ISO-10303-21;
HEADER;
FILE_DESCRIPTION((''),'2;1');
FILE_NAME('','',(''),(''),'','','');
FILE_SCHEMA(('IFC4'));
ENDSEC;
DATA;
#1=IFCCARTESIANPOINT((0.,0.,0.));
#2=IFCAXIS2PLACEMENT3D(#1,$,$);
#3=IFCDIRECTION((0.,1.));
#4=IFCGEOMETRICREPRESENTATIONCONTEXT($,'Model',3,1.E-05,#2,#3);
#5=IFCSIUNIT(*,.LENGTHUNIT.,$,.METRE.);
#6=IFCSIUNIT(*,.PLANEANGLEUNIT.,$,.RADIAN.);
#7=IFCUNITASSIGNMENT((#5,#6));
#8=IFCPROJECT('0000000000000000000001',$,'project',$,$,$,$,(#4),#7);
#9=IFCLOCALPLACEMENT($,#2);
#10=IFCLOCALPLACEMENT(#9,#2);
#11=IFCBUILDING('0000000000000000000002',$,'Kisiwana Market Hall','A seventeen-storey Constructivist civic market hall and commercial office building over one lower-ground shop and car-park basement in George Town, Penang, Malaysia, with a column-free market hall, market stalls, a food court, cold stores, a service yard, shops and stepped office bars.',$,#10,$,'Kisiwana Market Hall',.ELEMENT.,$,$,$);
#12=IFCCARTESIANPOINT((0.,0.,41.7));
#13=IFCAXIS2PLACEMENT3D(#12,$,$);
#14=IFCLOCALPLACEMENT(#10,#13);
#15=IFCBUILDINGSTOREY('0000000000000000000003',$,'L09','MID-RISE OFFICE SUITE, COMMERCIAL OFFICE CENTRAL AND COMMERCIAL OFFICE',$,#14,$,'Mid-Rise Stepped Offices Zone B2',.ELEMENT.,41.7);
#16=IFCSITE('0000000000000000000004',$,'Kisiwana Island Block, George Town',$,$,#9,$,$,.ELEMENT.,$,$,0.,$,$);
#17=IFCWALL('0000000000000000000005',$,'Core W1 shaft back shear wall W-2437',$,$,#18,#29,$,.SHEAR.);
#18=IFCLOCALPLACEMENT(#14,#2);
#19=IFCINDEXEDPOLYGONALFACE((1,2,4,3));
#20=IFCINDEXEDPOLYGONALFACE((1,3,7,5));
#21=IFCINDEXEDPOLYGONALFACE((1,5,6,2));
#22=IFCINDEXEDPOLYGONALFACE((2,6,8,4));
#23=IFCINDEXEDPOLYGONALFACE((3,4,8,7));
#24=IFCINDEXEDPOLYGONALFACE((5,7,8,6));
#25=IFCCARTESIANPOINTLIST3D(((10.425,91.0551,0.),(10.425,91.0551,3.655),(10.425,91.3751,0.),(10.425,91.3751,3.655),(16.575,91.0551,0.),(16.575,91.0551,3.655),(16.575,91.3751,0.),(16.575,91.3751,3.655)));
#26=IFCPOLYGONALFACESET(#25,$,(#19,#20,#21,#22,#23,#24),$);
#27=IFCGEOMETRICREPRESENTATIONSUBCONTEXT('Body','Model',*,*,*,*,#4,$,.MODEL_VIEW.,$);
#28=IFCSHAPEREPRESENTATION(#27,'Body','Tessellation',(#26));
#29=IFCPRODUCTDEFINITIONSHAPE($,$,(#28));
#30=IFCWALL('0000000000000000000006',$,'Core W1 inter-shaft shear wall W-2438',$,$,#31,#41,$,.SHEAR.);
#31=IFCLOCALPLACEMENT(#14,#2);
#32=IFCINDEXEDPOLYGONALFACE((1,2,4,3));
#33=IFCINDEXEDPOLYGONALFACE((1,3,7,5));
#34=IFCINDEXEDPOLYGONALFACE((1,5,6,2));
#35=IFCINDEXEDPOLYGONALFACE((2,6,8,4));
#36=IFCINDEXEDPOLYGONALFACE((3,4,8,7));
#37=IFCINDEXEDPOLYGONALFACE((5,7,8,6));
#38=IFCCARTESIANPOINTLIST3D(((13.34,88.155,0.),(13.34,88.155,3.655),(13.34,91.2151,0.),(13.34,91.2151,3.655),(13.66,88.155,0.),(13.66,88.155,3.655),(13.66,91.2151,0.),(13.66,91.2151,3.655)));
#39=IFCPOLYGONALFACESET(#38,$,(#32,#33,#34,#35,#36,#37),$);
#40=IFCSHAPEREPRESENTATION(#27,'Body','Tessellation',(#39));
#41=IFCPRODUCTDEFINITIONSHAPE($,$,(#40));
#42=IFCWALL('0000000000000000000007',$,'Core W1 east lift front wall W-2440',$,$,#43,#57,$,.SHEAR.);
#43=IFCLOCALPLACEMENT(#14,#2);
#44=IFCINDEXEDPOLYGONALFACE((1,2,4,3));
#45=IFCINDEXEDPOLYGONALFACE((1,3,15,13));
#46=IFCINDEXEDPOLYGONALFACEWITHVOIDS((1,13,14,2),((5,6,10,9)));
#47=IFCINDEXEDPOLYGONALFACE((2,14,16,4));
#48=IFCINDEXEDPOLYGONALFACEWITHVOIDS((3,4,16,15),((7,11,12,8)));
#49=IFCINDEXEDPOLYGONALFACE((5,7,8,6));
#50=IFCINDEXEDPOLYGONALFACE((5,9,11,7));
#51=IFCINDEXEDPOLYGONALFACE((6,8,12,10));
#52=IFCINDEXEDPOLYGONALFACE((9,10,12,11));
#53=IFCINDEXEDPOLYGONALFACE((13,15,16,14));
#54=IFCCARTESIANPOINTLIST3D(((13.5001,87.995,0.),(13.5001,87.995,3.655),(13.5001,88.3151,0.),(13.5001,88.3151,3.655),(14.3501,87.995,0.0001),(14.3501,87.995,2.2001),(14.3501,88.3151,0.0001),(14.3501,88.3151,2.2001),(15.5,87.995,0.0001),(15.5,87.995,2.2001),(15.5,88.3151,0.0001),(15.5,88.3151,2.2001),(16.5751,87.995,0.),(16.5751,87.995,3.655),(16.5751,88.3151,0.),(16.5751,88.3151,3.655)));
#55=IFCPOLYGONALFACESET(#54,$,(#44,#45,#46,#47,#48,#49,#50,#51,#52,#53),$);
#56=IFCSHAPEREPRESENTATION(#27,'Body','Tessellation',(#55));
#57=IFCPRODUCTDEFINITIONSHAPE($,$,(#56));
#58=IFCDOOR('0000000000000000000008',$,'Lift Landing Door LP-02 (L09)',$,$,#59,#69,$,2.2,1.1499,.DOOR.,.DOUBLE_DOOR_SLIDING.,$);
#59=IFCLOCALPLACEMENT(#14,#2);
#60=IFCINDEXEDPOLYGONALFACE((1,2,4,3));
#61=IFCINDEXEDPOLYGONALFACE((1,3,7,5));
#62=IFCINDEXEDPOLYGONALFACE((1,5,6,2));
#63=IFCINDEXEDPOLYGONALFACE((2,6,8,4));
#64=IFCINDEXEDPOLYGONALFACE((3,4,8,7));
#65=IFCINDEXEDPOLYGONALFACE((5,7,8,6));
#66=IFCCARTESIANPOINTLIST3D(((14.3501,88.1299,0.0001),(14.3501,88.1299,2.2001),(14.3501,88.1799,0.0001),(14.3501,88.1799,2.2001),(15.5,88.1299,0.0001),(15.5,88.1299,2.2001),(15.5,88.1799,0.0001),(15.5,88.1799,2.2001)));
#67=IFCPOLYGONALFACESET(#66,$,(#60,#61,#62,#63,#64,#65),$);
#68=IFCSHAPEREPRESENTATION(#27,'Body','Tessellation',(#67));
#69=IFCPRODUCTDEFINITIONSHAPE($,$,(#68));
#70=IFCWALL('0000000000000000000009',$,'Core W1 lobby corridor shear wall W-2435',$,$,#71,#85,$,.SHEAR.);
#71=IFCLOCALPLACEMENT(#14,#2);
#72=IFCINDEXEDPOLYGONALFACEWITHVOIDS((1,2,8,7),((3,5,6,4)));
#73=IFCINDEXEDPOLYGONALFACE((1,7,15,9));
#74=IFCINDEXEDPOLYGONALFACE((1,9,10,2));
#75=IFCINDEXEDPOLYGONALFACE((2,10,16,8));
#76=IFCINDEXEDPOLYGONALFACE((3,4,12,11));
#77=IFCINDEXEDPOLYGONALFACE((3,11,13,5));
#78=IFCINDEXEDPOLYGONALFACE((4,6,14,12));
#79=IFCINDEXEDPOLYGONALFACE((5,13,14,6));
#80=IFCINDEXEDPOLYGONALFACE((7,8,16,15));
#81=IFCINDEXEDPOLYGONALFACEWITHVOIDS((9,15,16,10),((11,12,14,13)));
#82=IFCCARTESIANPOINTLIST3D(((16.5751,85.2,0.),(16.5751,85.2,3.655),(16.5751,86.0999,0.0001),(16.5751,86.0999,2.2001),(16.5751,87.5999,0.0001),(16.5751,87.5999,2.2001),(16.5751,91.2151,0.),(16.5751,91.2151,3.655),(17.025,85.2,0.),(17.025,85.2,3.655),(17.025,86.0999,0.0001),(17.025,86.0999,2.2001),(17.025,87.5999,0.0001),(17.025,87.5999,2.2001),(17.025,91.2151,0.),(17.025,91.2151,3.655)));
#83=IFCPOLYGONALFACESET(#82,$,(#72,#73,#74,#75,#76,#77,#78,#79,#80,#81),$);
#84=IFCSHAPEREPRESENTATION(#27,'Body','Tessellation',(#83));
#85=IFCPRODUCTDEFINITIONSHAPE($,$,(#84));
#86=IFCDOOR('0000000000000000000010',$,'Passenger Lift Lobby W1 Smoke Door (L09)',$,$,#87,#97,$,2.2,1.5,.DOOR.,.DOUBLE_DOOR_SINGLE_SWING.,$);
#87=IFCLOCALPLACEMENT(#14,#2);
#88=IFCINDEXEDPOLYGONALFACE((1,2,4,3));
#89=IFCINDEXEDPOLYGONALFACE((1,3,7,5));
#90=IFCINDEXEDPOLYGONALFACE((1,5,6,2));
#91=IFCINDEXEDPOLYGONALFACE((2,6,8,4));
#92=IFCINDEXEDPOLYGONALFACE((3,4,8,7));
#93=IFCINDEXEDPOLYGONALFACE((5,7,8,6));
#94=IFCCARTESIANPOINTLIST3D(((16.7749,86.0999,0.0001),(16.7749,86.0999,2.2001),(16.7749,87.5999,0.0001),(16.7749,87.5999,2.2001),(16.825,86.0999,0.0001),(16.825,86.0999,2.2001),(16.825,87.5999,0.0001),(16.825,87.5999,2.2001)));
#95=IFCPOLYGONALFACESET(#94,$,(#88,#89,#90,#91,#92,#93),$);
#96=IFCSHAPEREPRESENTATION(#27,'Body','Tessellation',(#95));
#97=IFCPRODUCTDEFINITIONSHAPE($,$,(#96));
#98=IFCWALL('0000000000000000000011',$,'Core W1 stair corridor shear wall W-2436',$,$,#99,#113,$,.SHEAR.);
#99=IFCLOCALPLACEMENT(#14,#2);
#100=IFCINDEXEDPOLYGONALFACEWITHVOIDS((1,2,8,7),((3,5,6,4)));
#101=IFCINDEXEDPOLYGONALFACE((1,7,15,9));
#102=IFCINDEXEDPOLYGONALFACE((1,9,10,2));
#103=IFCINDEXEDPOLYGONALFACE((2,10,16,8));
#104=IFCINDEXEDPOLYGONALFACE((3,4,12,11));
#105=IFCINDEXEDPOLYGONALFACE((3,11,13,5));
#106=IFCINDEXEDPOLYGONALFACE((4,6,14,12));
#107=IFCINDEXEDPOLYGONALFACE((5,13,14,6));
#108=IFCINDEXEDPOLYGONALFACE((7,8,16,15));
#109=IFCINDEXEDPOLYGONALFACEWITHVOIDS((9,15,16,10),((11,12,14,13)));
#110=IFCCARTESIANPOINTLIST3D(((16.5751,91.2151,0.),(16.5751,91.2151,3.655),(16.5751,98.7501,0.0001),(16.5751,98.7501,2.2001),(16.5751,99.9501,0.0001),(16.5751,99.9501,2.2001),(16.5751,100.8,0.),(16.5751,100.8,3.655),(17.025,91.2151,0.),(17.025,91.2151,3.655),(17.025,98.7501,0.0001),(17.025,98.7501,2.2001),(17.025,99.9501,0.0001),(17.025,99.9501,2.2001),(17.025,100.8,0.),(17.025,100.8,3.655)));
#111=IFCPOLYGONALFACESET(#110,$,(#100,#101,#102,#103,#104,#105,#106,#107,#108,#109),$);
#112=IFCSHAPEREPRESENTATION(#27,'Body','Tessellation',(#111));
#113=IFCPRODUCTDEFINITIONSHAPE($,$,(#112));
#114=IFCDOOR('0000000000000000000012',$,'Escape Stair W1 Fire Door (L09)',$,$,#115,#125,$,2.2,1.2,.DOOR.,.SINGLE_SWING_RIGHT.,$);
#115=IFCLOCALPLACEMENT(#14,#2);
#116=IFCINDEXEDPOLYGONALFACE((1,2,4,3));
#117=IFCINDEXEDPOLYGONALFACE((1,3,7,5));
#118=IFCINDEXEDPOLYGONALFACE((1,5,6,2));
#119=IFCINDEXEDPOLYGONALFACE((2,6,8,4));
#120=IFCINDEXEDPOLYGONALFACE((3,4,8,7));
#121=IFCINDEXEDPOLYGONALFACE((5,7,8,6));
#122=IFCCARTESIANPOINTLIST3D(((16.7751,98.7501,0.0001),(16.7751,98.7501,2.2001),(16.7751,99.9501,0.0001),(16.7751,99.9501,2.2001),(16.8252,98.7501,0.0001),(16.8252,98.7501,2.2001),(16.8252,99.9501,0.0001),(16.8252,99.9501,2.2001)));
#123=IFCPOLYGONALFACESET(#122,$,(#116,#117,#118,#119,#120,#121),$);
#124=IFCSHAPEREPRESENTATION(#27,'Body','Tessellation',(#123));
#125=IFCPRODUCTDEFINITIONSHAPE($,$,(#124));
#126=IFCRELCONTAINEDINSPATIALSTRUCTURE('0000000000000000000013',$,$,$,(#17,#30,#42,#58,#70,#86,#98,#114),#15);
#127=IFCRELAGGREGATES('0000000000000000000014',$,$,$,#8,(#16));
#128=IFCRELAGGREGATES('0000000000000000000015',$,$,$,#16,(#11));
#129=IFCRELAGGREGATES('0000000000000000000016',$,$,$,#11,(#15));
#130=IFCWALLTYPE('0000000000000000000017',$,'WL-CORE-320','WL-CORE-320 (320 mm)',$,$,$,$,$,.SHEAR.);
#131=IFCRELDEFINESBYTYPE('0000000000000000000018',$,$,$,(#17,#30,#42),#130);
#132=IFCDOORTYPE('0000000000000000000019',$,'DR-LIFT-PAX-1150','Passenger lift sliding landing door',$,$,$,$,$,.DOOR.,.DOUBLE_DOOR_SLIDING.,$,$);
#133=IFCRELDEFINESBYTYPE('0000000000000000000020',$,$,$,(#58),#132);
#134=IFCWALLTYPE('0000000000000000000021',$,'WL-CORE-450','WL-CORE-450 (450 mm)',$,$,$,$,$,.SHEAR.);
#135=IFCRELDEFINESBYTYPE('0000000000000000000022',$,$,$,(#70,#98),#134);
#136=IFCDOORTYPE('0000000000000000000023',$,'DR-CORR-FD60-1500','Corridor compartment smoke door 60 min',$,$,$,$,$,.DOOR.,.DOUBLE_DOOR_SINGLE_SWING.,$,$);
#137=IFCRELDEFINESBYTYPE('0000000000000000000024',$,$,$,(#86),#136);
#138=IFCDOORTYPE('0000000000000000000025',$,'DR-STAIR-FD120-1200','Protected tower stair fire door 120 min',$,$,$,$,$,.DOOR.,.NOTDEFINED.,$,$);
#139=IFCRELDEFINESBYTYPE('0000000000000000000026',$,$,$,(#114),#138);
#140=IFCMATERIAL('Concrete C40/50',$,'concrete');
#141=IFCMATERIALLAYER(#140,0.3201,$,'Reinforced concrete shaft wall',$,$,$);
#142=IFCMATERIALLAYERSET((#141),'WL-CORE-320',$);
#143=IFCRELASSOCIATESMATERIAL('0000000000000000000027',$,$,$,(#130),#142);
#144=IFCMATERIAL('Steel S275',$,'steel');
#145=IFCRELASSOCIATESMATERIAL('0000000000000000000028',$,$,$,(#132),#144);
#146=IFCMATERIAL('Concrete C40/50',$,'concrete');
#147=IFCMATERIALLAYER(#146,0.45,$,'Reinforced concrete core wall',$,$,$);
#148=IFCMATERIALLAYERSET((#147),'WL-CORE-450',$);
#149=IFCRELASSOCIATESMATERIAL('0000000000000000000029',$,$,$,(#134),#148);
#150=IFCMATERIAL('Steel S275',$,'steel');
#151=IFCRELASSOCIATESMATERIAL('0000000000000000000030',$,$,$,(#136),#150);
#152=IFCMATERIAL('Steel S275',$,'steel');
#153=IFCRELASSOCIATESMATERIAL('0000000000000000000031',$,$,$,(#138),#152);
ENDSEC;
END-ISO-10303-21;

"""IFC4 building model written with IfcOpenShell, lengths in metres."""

from ifc_helpers import new_model, si_unit, direction, frame, frame_2d, origin, place, context, subcontext, project, spatial, rectangle, extrude, material, layer, layer_set, type_object, element, fill, save


model = new_model("IFC4")

# Units and contexts
model_context = context("Model", 3, precision=1e-05, world=origin(), true_north=direction((0.0, 1.0)))
body_context = subcontext(model_context, "Body", "Model", "MODEL_VIEW")
ifc_project = project(units=[si_unit("LENGTHUNIT", "METRE"), si_unit("PLANEANGLEUNIT", "RADIAN")], contexts=[model_context])

# Site, building, storey
site_placement = place(None, origin())
site = spatial("IfcSite", under=ifc_project, at=site_placement, Name="Kisiwana Island Block, George Town", CompositionType="ELEMENT", RefElevation=0.0)
building_placement = place(site_placement, origin())
building = spatial("IfcBuilding", under=site, at=building_placement, Name="Kisiwana Market Hall", Description="A seventeen-storey Constructivist civic market hall and commercial office building over one lower-ground shop and car-park basement in George Town, Penang, Malaysia, with a column-free market hall, market stalls, a food court, cold stores, a service yard, shops and stepped office bars.", LongName="Kisiwana Market Hall", CompositionType="ELEMENT")
storey_placement = place(building_placement, frame((0.0, 0.0, 41.7)))
storey = spatial("IfcBuildingStorey", under=building, at=storey_placement, Name="L09", Description="MID-RISE OFFICE SUITE, COMMERCIAL OFFICE CENTRAL AND COMMERCIAL OFFICE", LongName="Mid-Rise Stepped Offices Zone B2", CompositionType="ELEMENT", Elevation=41.7)

# Walls
ifc_material_1 = material(Name="Concrete C40/50", Category="concrete")
ifc_layer_1 = layer(ifc_material_1, 0.3201, Name="Reinforced concrete shaft wall")
ifc_layer_set_1 = layer_set([ifc_layer_1], Name="WL-CORE-320")
wall_type_1 = type_object("IfcWallType", Name="WL-CORE-320", Description="WL-CORE-320 (320 mm)", PredefinedType="SHEAR", material=ifc_layer_set_1)
wall_1_placement = place(storey_placement, frame((10.425, 91.2151, 0.0), z_axis=(0.0, 0.0, 1.0), x_axis=(1.0, 0.0, 0.0)))
element("IfcWall", 1, at=wall_1_placement, inside=storey, type_object=wall_type_1, Name="Core W1 shaft back shear wall W-2437", PredefinedType="SHEAR", context=body_context, shape_type="SweptSolid", body=[
    extrude(rectangle(XDim=6.1499, YDim=0.3201, at=frame_2d((3.075, 0.0))), origin(), (0.0, 0.0, 1.0), 3.655),
])
wall_2_placement = place(storey_placement, frame((13.5, 88.155, 0.0), z_axis=(0.0, 0.0, 1.0), x_axis=(0.0, 1.0, 0.0)))
element("IfcWall", 2, at=wall_2_placement, inside=storey, type_object=wall_type_1, Name="Core W1 inter-shaft shear wall W-2438", PredefinedType="SHEAR", context=body_context, shape_type="SweptSolid", body=[
    extrude(rectangle(XDim=3.0601, YDim=0.3201, at=frame_2d((1.53, 0.0))), origin(), (0.0, 0.0, 1.0), 3.655),
])

# Walls, openings, doors
wall_3_placement = place(storey_placement, frame((13.5, 88.155, 0.0), z_axis=(0.0, 0.0, 1.0), x_axis=(1.0, 0.0, 0.0)))
wall_3 = element("IfcWall", 3, at=wall_3_placement, inside=storey, type_object=wall_type_1, Name="Core W1 east lift front wall W-2440", PredefinedType="SHEAR", context=body_context, shape_type="SweptSolid", body=[
    extrude(rectangle(XDim=3.075, YDim=0.3201, at=frame_2d((1.5376, 0.0))), origin(), (0.0, 0.0, 1.0), 3.655),
])
opening_1_placement = place(wall_3_placement, frame((0.8501, 0.0, 0.0)))
opening_1 = element("IfcOpeningElement", 4, at=opening_1_placement, cuts=wall_3, PredefinedType="OPENING", context=body_context, shape_type="SweptSolid", body=[
    extrude(rectangle(XDim=1.1499, YDim=2.2, at=frame_2d((0.575, 1.1001))), frame((0.0, 0.1719, 0.0), z_axis=(0.0, -1.0, 0.0), x_axis=(1.0, 0.0, 0.0)), (0.0, 0.0, 1.0), 0.344),
])
ifc_material_2 = material(Name="Steel S275", Category="steel")
door_type_1 = type_object("IfcDoorType", Name="DR-LIFT-PAX-1150", Description="Passenger lift sliding landing door", OperationType="DOUBLE_DOOR_SLIDING", PredefinedType="DOOR", material=ifc_material_2)
door_1_placement = place(opening_1_placement, origin())
door_1 = element("IfcDoor", 5, at=door_1_placement, inside=storey, type_object=door_type_1, Name="Lift Landing Door LP-02 (L09)", OperationType="DOUBLE_DOOR_SLIDING", OverallHeight=2.2, OverallWidth=1.1499, PredefinedType="DOOR", context=body_context, shape_type="SweptSolid", body=[
    extrude(rectangle(XDim=1.1499, YDim=2.2, at=frame_2d((0.575, 1.1001))), frame((0.0, 0.0249, 0.0), z_axis=(0.0, -1.0, 0.0), x_axis=(1.0, 0.0, 0.0)), (0.0, 0.0, 1.0), 0.05),
])
fill(opening_1, door_1)
ifc_material_3 = material(Name="Concrete C40/50", Category="concrete")
ifc_layer_2 = layer(ifc_material_3, 0.45, Name="Reinforced concrete core wall")
ifc_layer_set_2 = layer_set([ifc_layer_2], Name="WL-CORE-450")
wall_type_2 = type_object("IfcWallType", Name="WL-CORE-450", Description="WL-CORE-450 (450 mm)", PredefinedType="SHEAR", material=ifc_layer_set_2)
wall_4_placement = place(storey_placement, frame((16.8, 85.2, 0.0), z_axis=(0.0, 0.0, 1.0), x_axis=(0.0, 1.0, 0.0)))
wall_4 = element("IfcWall", 6, at=wall_4_placement, inside=storey, type_object=wall_type_2, Name="Core W1 lobby corridor shear wall W-2435", PredefinedType="SHEAR", context=body_context, shape_type="SweptSolid", body=[
    extrude(rectangle(XDim=6.0151, YDim=0.45, at=frame_2d((3.0076, 0.0))), origin(), (0.0, 0.0, 1.0), 3.655),
])
opening_2_placement = place(wall_4_placement, frame((0.8999, 0.0, 0.0)))
opening_2 = element("IfcOpeningElement", 7, at=opening_2_placement, cuts=wall_4, PredefinedType="OPENING", context=body_context, shape_type="SweptSolid", body=[
    extrude(rectangle(XDim=1.5, YDim=2.2, at=frame_2d((0.75, 1.1001))), frame((0.0, 0.2368, 0.0), z_axis=(0.0, -1.0, 0.0), x_axis=(1.0, 0.0, 0.0)), (0.0, 0.0, 1.0), 0.4739),
])
ifc_material_4 = material(Name="Steel S275", Category="steel")
door_type_2 = type_object("IfcDoorType", Name="DR-CORR-FD60-1500", Description="Corridor compartment smoke door 60 min", OperationType="DOUBLE_DOOR_SINGLE_SWING", PredefinedType="DOOR", material=ifc_material_4)
door_2_placement = place(opening_2_placement, frame((1.5, 0.0, 0.0), z_axis=(0.0, 0.0, 1.0), x_axis=(-1.0, 0.0, 0.0)))
door_2 = element("IfcDoor", 8, at=door_2_placement, inside=storey, type_object=door_type_2, Name="Passenger Lift Lobby W1 Smoke Door (L09)", OperationType="DOUBLE_DOOR_SINGLE_SWING", OverallHeight=2.2, OverallWidth=1.5, PredefinedType="DOOR", context=body_context, shape_type="SweptSolid", body=[
    extrude(rectangle(XDim=1.5, YDim=2.2, at=frame_2d((0.75, 1.1001))), frame((0.0, 0.0249, 0.0), z_axis=(0.0, -1.0, 0.0), x_axis=(1.0, 0.0, 0.0)), (0.0, 0.0, 1.0), 0.05),
])
fill(opening_2, door_2)
wall_5_placement = place(storey_placement, frame((16.8, 91.2151, 0.0), z_axis=(0.0, 0.0, 1.0), x_axis=(0.0, 1.0, 0.0)))
wall_5 = element("IfcWall", 9, at=wall_5_placement, inside=storey, type_object=wall_type_2, Name="Core W1 stair corridor shear wall W-2436", PredefinedType="SHEAR", context=body_context, shape_type="SweptSolid", body=[
    extrude(rectangle(XDim=9.585, YDim=0.45, at=frame_2d((4.7925, 0.0))), origin(), (0.0, 0.0, 1.0), 3.655),
])
opening_3_placement = place(wall_5_placement, frame((7.5349, 0.0, 0.0)))
opening_3 = element("IfcOpeningElement", 10, at=opening_3_placement, cuts=wall_5, PredefinedType="OPENING", context=body_context, shape_type="SweptSolid", body=[
    extrude(rectangle(XDim=1.2, YDim=2.2, at=frame_2d((0.6001, 1.1001))), frame((0.0, 0.2368, 0.0), z_axis=(0.0, -1.0, 0.0), x_axis=(1.0, 0.0, 0.0)), (0.0, 0.0, 1.0), 0.4739),
])
ifc_material_5 = material(Name="Steel S275", Category="steel")
door_type_3 = type_object("IfcDoorType", Name="DR-STAIR-FD120-1200", Description="Protected tower stair fire door 120 min", OperationType="NOTDEFINED", PredefinedType="DOOR", material=ifc_material_5)
door_3_placement = place(opening_3_placement, origin())
door_3 = element("IfcDoor", 11, at=door_3_placement, inside=storey, type_object=door_type_3, Name="Escape Stair W1 Fire Door (L09)", OperationType="SINGLE_SWING_RIGHT", OverallHeight=2.2, OverallWidth=1.2, PredefinedType="DOOR", context=body_context, shape_type="SweptSolid", body=[
    extrude(rectangle(XDim=1.2, YDim=2.2, at=frame_2d((0.6001, 1.1001))), frame((0.0, 0.0249, 0.0), z_axis=(0.0, -1.0, 0.0), x_axis=(1.0, 0.0, 0.0)), (0.0, 0.0, 1.0), 0.05),
])
fill(opening_3, door_3)

save(model, "model.ifc")
